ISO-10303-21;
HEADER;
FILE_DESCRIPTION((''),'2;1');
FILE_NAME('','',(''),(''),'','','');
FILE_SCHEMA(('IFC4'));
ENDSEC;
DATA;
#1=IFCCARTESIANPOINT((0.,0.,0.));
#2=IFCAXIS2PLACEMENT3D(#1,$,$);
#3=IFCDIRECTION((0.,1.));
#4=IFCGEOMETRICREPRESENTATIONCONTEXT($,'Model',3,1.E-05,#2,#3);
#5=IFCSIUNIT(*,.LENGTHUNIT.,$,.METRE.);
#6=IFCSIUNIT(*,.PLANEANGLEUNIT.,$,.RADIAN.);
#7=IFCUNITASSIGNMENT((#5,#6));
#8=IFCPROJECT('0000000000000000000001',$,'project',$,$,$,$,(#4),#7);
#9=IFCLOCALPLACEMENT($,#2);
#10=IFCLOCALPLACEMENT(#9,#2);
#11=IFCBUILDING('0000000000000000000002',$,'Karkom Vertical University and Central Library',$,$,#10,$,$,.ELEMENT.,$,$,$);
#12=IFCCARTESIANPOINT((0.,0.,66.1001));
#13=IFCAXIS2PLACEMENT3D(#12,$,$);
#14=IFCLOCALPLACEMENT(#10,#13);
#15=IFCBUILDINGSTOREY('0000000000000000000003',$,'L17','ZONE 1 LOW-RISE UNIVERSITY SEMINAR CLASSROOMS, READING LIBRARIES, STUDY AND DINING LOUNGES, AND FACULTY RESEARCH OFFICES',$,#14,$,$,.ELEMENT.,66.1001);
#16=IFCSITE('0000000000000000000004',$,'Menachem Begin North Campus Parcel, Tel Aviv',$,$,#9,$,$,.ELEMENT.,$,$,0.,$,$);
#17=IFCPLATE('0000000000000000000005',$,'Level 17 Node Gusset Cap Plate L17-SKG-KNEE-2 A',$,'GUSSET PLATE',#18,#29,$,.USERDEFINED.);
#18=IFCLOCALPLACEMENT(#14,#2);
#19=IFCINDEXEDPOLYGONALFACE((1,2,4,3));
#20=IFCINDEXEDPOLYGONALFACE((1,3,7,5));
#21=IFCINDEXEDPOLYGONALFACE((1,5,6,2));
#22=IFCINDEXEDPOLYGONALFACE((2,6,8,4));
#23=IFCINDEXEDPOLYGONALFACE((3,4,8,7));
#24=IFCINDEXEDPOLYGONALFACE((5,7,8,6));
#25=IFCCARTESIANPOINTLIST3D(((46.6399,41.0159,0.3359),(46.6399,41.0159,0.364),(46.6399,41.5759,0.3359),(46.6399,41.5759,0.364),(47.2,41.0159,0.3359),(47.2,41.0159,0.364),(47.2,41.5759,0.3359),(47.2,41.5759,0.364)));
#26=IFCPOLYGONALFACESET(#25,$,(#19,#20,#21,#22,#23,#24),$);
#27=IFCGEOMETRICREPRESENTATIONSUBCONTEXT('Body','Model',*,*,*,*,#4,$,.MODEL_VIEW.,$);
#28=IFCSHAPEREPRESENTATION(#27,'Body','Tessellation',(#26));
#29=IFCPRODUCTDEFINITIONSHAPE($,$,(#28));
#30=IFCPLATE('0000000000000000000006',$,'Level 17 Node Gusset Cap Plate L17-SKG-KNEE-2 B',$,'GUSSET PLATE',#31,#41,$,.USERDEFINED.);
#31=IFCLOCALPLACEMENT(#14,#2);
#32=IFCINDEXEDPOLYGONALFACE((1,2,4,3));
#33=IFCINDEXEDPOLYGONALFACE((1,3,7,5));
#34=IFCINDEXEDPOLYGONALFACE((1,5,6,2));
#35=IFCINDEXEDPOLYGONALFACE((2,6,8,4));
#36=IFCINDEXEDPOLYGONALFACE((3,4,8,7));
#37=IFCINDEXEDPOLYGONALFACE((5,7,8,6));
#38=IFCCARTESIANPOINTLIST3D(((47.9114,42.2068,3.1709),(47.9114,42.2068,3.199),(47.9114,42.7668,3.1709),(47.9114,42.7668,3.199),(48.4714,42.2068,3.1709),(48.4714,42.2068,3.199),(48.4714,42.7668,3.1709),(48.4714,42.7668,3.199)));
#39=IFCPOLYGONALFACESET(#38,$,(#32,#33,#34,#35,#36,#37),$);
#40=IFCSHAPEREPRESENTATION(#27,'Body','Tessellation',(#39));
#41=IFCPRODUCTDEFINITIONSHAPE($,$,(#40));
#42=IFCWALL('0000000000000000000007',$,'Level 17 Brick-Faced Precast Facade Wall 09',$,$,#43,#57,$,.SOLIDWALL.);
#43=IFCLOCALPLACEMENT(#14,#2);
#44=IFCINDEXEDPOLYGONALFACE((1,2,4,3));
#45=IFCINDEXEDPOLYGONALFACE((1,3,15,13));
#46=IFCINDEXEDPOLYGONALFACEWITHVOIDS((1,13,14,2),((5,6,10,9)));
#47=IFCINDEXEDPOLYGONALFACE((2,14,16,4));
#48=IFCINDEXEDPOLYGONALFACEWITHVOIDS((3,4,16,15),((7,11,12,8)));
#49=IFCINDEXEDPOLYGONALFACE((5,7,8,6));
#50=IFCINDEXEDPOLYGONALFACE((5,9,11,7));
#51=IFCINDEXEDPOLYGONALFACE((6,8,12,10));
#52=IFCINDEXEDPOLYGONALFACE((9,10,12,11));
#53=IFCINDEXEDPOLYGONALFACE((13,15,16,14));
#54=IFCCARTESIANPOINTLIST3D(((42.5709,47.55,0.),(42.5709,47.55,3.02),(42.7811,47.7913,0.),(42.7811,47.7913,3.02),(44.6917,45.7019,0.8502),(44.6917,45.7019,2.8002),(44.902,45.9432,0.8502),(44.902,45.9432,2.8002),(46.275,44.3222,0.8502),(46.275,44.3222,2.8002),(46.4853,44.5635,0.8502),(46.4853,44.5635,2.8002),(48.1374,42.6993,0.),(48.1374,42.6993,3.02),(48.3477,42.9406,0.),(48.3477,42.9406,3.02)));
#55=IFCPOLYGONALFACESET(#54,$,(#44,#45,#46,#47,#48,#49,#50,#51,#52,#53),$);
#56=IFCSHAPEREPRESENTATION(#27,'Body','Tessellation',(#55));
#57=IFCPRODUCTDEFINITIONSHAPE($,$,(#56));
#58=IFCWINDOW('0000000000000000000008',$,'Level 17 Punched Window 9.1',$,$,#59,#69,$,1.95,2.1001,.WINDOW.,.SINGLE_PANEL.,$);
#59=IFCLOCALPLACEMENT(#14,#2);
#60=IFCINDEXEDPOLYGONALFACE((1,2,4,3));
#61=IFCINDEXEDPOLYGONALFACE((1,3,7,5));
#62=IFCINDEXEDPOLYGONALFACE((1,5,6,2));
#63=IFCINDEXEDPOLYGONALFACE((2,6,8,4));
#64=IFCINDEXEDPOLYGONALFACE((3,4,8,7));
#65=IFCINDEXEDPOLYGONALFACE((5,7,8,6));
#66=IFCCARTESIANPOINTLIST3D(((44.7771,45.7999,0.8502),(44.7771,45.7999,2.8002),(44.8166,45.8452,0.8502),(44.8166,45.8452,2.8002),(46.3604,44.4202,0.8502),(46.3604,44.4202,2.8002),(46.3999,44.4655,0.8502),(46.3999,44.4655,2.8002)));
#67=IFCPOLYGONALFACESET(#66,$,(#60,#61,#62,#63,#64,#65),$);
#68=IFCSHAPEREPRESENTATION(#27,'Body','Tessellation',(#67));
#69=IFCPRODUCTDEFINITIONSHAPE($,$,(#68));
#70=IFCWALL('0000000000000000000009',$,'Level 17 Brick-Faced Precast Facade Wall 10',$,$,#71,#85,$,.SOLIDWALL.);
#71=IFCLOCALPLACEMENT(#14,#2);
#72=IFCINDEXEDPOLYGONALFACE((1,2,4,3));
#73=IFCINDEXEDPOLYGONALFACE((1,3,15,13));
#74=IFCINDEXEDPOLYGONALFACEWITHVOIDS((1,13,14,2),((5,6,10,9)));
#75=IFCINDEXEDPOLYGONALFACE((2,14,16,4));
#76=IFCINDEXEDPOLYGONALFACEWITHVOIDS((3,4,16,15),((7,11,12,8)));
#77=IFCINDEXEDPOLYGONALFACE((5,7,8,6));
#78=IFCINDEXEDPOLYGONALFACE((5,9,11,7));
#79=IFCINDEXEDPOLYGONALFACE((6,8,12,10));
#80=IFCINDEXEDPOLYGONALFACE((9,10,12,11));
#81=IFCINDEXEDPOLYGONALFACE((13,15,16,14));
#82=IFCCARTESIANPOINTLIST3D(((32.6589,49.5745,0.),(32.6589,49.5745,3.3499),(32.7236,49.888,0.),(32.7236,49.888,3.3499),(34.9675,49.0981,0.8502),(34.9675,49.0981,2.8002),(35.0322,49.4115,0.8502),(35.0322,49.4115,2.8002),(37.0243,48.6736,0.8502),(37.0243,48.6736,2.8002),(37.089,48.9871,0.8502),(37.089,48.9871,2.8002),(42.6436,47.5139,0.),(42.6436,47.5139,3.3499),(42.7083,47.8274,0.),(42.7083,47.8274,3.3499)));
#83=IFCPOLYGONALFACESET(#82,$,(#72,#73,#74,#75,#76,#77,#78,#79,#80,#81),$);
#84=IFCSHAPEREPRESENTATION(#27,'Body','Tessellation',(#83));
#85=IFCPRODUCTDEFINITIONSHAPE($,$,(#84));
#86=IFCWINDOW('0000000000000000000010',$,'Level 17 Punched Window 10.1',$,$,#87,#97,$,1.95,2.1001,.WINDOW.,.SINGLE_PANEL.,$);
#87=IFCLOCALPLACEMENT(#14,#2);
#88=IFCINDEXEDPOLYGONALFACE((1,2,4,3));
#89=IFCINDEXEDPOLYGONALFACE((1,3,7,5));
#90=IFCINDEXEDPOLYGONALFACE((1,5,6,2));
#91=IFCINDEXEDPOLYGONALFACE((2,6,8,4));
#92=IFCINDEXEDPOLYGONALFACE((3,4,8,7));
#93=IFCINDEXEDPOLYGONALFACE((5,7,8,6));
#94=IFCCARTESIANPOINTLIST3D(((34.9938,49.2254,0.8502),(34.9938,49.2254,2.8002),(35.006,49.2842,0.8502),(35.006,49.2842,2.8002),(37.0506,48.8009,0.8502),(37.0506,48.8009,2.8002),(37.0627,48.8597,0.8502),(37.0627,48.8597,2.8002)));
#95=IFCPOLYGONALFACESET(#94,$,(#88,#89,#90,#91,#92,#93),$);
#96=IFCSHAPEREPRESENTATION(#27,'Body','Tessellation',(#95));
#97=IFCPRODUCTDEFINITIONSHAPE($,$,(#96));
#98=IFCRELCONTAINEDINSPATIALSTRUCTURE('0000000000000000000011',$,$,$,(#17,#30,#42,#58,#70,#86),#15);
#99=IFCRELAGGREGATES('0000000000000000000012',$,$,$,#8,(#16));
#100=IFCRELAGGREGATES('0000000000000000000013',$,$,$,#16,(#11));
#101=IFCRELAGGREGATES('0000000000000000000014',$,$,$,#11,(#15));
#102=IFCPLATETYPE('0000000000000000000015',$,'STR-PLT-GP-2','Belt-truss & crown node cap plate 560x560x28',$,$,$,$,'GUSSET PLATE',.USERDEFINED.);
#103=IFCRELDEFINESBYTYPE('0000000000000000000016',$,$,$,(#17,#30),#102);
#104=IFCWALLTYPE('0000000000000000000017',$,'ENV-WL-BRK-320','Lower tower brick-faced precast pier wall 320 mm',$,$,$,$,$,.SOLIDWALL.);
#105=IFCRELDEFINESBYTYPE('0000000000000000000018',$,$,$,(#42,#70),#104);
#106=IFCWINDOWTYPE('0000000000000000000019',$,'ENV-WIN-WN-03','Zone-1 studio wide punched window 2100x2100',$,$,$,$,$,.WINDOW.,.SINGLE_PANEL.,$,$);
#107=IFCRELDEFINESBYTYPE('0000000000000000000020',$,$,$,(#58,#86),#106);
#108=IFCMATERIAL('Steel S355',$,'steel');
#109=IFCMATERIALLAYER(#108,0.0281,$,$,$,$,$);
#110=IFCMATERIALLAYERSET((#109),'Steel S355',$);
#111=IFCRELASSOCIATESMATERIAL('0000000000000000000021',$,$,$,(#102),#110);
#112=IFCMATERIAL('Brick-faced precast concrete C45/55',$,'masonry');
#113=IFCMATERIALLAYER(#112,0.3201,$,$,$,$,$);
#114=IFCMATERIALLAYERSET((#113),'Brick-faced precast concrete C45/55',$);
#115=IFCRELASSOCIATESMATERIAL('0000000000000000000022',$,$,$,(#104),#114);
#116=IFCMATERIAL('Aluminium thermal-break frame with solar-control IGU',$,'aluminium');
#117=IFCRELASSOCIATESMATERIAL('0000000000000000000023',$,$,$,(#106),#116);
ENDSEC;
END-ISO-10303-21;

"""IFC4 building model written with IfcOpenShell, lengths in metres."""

from ifc_helpers import new_model, si_unit, direction, frame, frame_2d, origin, origin_with_axes, origin_2d, place, context, subcontext, project, spatial, rectangle, extrude, source, transform, mapped, material, layer, layer_set, type_object, element, fill, save


model = new_model("IFC4")

# Units and contexts
model_context = context("Model", 3, precision=1e-05, world=origin(), true_north=direction((0.0, 1.0)))
body_context = subcontext(model_context, "Body", "Model", "MODEL_VIEW")
ifc_project = project(units=[si_unit("LENGTHUNIT", "METRE"), si_unit("PLANEANGLEUNIT", "RADIAN")], contexts=[model_context])

# Site, building, storey
site_placement = place(None, origin())
site = spatial("IfcSite", under=ifc_project, at=site_placement, Name="Menachem Begin North Campus Parcel, Tel Aviv", CompositionType="ELEMENT", RefElevation=0.0)
building_placement = place(site_placement, origin())
building = spatial("IfcBuilding", under=site, at=building_placement, Name="Karkom Vertical University and Central Library", CompositionType="ELEMENT")
storey_placement = place(building_placement, frame((0.0, 0.0, 66.1001)))
storey = spatial("IfcBuildingStorey", under=building, at=storey_placement, Name="L17", Description="ZONE 1 LOW-RISE UNIVERSITY SEMINAR CLASSROOMS, READING LIBRARIES, STUDY AND DINING LOUNGES, AND FACULTY RESEARCH OFFICES", CompositionType="ELEMENT", Elevation=66.1001)

# Shared definitions
ifc_material_1 = material(Name="Steel S355", Category="steel")

# Plates
ifc_layer_1 = layer(ifc_material_1, 0.0281)
ifc_layer_set_1 = layer_set([ifc_layer_1], Name="Steel S355")
plate_type = type_object("IfcPlateType", Name="STR-PLT-GP-2", Description="Belt-truss & crown node cap plate 560x560x28", ElementType="GUSSET PLATE", PredefinedType="USERDEFINED", material=ifc_layer_set_1)
shared_shape_1 = source(origin_with_axes(), body_context, "Body", "SweptSolid", [
    extrude(rectangle(XDim=0.5601, YDim=0.5601, at=origin_2d()), origin(), (0.0, 0.0, 1.0), 0.0281),
])
for number, where, z_axis, x_axis, name in (
    (1, (46.9199, 41.2959, 0.3359), (0.0, 0.0, 1.0), (1.0, 0.0, 0.0), "Level 17 Node Gusset Cap Plate L17-SKG-KNEE-2 A"),
    (2, (48.1914, 42.4868, 3.1709), (0.0, 0.0, 1.0), (1.0, 0.0, 0.0), "Level 17 Node Gusset Cap Plate L17-SKG-KNEE-2 B"),
):
    element("IfcPlate", number, at=place(storey_placement, frame(where, z_axis=z_axis, x_axis=x_axis)), inside=storey, type_object=plate_type, Name=name, ObjectType="GUSSET PLATE", PredefinedType="USERDEFINED", context=body_context, shape_type="MappedRepresentation", body=[
        mapped(shared_shape_1, transform((0.0, 0.0, 0.0), scale=1.0)),
    ])

# Walls, openings, windows
ifc_material_2 = material(Name="Brick-faced precast concrete C45/55", Category="masonry")
ifc_layer_2 = layer(ifc_material_2, 0.3201)
ifc_layer_set_2 = layer_set([ifc_layer_2], Name="Brick-faced precast concrete C45/55")
wall_type = type_object("IfcWallType", Name="ENV-WL-BRK-320", Description="Lower tower brick-faced precast pier wall 320 mm", PredefinedType="SOLIDWALL", material=ifc_layer_set_2)
wall_1_placement = place(storey_placement, frame((48.2427, 42.8198, 0.0), z_axis=(0.0, 0.0, 1.0), x_axis=(-0.753917, 0.65697, 0.0)))
wall_1 = element("IfcWall", 3, at=wall_1_placement, inside=storey, type_object=wall_type, Name="Level 17 Brick-Faced Precast Facade Wall 09", PredefinedType="SOLIDWALL", context=body_context, shape_type="SweptSolid", body=[
    extrude(rectangle(XDim=7.3835, YDim=0.3201, at=frame_2d((3.6919, 0.0))), origin(), (0.0, 0.0, 1.0), 3.02),
])
opening_1_placement = place(wall_1_placement, frame((2.4705, 0.0, 0.8501)))
opening_1 = element("IfcOpeningElement", 4, at=opening_1_placement, cuts=wall_1, PredefinedType="OPENING", context=body_context, shape_type="SweptSolid", body=[
    extrude(rectangle(XDim=2.1001, YDim=1.95, at=frame_2d((1.05, 0.9751))), frame((0.0, 0.1699, 0.0), z_axis=(0.0, -1.0, 0.0), x_axis=(1.0, 0.0, 0.0)), (0.0, 0.0, 1.0), 0.3401),
])
ifc_material_3 = material(Name="Aluminium thermal-break frame with solar-control IGU", Category="aluminium")
window_type = type_object("IfcWindowType", Name="ENV-WIN-WN-03", Description="Zone-1 studio wide punched window 2100x2100", PartitioningType="SINGLE_PANEL", PredefinedType="WINDOW", material=ifc_material_3)
shared_shape_2 = source(origin_with_axes(), body_context, "Body", "SweptSolid", [
    extrude(rectangle(XDim=2.1001, YDim=1.95, at=frame_2d((1.05, 0.9751))), frame((0.0, 0.03, 0.0), z_axis=(0.0, -1.0, 0.0), x_axis=(1.0, 0.0, 0.0)), (0.0, 0.0, 1.0), 0.0601),
])
window_1_placement = place(opening_1_placement, origin())
window_1 = element("IfcWindow", 5, at=window_1_placement, inside=storey, type_object=window_type, Name="Level 17 Punched Window 9.1", OverallHeight=1.95, OverallWidth=2.1001, PartitioningType="SINGLE_PANEL", PredefinedType="WINDOW", context=body_context, shape_type="MappedRepresentation", body=[
    mapped(shared_shape_2, transform((0.0, 0.0, 0.0), scale=1.0)),
])
fill(opening_1, window_1)
wall_2_placement = place(storey_placement, frame((42.676, 47.6707, 0.0), z_axis=(0.0, 0.0, 1.0), x_axis=(-0.979362, 0.202113, 0.0)))
wall_2 = element("IfcWall", 6, at=wall_2_placement, inside=storey, type_object=wall_type, Name="Level 17 Brick-Faced Precast Facade Wall 10", PredefinedType="SOLIDWALL", context=body_context, shape_type="SweptSolid", body=[
    extrude(rectangle(XDim=10.1951, YDim=0.3201, at=frame_2d((5.0977, 0.0))), origin(), (0.0, 0.0, 1.0), 3.3499),
])
opening_2_placement = place(wall_2_placement, frame((5.7378, 0.0, 0.8501)))
opening_2 = element("IfcOpeningElement", 7, at=opening_2_placement, cuts=wall_2, PredefinedType="OPENING", context=body_context, shape_type="SweptSolid", body=[
    extrude(rectangle(XDim=2.1001, YDim=1.95, at=frame_2d((1.05, 0.9751))), frame((0.0, 0.1699, 0.0), z_axis=(0.0, -1.0, 0.0), x_axis=(1.0, 0.0, 0.0)), (0.0, 0.0, 1.0), 0.3401),
])
window_2_placement = place(opening_2_placement, origin())
window_2 = element("IfcWindow", 8, at=window_2_placement, inside=storey, type_object=window_type, Name="Level 17 Punched Window 10.1", OverallHeight=1.95, OverallWidth=2.1001, PartitioningType="SINGLE_PANEL", PredefinedType="WINDOW", context=body_context, shape_type="MappedRepresentation", body=[
    mapped(shared_shape_2, transform((0.0, 0.0, 0.0), scale=1.0)),
])
fill(opening_2, window_2)

save(model, "model.ifc")
